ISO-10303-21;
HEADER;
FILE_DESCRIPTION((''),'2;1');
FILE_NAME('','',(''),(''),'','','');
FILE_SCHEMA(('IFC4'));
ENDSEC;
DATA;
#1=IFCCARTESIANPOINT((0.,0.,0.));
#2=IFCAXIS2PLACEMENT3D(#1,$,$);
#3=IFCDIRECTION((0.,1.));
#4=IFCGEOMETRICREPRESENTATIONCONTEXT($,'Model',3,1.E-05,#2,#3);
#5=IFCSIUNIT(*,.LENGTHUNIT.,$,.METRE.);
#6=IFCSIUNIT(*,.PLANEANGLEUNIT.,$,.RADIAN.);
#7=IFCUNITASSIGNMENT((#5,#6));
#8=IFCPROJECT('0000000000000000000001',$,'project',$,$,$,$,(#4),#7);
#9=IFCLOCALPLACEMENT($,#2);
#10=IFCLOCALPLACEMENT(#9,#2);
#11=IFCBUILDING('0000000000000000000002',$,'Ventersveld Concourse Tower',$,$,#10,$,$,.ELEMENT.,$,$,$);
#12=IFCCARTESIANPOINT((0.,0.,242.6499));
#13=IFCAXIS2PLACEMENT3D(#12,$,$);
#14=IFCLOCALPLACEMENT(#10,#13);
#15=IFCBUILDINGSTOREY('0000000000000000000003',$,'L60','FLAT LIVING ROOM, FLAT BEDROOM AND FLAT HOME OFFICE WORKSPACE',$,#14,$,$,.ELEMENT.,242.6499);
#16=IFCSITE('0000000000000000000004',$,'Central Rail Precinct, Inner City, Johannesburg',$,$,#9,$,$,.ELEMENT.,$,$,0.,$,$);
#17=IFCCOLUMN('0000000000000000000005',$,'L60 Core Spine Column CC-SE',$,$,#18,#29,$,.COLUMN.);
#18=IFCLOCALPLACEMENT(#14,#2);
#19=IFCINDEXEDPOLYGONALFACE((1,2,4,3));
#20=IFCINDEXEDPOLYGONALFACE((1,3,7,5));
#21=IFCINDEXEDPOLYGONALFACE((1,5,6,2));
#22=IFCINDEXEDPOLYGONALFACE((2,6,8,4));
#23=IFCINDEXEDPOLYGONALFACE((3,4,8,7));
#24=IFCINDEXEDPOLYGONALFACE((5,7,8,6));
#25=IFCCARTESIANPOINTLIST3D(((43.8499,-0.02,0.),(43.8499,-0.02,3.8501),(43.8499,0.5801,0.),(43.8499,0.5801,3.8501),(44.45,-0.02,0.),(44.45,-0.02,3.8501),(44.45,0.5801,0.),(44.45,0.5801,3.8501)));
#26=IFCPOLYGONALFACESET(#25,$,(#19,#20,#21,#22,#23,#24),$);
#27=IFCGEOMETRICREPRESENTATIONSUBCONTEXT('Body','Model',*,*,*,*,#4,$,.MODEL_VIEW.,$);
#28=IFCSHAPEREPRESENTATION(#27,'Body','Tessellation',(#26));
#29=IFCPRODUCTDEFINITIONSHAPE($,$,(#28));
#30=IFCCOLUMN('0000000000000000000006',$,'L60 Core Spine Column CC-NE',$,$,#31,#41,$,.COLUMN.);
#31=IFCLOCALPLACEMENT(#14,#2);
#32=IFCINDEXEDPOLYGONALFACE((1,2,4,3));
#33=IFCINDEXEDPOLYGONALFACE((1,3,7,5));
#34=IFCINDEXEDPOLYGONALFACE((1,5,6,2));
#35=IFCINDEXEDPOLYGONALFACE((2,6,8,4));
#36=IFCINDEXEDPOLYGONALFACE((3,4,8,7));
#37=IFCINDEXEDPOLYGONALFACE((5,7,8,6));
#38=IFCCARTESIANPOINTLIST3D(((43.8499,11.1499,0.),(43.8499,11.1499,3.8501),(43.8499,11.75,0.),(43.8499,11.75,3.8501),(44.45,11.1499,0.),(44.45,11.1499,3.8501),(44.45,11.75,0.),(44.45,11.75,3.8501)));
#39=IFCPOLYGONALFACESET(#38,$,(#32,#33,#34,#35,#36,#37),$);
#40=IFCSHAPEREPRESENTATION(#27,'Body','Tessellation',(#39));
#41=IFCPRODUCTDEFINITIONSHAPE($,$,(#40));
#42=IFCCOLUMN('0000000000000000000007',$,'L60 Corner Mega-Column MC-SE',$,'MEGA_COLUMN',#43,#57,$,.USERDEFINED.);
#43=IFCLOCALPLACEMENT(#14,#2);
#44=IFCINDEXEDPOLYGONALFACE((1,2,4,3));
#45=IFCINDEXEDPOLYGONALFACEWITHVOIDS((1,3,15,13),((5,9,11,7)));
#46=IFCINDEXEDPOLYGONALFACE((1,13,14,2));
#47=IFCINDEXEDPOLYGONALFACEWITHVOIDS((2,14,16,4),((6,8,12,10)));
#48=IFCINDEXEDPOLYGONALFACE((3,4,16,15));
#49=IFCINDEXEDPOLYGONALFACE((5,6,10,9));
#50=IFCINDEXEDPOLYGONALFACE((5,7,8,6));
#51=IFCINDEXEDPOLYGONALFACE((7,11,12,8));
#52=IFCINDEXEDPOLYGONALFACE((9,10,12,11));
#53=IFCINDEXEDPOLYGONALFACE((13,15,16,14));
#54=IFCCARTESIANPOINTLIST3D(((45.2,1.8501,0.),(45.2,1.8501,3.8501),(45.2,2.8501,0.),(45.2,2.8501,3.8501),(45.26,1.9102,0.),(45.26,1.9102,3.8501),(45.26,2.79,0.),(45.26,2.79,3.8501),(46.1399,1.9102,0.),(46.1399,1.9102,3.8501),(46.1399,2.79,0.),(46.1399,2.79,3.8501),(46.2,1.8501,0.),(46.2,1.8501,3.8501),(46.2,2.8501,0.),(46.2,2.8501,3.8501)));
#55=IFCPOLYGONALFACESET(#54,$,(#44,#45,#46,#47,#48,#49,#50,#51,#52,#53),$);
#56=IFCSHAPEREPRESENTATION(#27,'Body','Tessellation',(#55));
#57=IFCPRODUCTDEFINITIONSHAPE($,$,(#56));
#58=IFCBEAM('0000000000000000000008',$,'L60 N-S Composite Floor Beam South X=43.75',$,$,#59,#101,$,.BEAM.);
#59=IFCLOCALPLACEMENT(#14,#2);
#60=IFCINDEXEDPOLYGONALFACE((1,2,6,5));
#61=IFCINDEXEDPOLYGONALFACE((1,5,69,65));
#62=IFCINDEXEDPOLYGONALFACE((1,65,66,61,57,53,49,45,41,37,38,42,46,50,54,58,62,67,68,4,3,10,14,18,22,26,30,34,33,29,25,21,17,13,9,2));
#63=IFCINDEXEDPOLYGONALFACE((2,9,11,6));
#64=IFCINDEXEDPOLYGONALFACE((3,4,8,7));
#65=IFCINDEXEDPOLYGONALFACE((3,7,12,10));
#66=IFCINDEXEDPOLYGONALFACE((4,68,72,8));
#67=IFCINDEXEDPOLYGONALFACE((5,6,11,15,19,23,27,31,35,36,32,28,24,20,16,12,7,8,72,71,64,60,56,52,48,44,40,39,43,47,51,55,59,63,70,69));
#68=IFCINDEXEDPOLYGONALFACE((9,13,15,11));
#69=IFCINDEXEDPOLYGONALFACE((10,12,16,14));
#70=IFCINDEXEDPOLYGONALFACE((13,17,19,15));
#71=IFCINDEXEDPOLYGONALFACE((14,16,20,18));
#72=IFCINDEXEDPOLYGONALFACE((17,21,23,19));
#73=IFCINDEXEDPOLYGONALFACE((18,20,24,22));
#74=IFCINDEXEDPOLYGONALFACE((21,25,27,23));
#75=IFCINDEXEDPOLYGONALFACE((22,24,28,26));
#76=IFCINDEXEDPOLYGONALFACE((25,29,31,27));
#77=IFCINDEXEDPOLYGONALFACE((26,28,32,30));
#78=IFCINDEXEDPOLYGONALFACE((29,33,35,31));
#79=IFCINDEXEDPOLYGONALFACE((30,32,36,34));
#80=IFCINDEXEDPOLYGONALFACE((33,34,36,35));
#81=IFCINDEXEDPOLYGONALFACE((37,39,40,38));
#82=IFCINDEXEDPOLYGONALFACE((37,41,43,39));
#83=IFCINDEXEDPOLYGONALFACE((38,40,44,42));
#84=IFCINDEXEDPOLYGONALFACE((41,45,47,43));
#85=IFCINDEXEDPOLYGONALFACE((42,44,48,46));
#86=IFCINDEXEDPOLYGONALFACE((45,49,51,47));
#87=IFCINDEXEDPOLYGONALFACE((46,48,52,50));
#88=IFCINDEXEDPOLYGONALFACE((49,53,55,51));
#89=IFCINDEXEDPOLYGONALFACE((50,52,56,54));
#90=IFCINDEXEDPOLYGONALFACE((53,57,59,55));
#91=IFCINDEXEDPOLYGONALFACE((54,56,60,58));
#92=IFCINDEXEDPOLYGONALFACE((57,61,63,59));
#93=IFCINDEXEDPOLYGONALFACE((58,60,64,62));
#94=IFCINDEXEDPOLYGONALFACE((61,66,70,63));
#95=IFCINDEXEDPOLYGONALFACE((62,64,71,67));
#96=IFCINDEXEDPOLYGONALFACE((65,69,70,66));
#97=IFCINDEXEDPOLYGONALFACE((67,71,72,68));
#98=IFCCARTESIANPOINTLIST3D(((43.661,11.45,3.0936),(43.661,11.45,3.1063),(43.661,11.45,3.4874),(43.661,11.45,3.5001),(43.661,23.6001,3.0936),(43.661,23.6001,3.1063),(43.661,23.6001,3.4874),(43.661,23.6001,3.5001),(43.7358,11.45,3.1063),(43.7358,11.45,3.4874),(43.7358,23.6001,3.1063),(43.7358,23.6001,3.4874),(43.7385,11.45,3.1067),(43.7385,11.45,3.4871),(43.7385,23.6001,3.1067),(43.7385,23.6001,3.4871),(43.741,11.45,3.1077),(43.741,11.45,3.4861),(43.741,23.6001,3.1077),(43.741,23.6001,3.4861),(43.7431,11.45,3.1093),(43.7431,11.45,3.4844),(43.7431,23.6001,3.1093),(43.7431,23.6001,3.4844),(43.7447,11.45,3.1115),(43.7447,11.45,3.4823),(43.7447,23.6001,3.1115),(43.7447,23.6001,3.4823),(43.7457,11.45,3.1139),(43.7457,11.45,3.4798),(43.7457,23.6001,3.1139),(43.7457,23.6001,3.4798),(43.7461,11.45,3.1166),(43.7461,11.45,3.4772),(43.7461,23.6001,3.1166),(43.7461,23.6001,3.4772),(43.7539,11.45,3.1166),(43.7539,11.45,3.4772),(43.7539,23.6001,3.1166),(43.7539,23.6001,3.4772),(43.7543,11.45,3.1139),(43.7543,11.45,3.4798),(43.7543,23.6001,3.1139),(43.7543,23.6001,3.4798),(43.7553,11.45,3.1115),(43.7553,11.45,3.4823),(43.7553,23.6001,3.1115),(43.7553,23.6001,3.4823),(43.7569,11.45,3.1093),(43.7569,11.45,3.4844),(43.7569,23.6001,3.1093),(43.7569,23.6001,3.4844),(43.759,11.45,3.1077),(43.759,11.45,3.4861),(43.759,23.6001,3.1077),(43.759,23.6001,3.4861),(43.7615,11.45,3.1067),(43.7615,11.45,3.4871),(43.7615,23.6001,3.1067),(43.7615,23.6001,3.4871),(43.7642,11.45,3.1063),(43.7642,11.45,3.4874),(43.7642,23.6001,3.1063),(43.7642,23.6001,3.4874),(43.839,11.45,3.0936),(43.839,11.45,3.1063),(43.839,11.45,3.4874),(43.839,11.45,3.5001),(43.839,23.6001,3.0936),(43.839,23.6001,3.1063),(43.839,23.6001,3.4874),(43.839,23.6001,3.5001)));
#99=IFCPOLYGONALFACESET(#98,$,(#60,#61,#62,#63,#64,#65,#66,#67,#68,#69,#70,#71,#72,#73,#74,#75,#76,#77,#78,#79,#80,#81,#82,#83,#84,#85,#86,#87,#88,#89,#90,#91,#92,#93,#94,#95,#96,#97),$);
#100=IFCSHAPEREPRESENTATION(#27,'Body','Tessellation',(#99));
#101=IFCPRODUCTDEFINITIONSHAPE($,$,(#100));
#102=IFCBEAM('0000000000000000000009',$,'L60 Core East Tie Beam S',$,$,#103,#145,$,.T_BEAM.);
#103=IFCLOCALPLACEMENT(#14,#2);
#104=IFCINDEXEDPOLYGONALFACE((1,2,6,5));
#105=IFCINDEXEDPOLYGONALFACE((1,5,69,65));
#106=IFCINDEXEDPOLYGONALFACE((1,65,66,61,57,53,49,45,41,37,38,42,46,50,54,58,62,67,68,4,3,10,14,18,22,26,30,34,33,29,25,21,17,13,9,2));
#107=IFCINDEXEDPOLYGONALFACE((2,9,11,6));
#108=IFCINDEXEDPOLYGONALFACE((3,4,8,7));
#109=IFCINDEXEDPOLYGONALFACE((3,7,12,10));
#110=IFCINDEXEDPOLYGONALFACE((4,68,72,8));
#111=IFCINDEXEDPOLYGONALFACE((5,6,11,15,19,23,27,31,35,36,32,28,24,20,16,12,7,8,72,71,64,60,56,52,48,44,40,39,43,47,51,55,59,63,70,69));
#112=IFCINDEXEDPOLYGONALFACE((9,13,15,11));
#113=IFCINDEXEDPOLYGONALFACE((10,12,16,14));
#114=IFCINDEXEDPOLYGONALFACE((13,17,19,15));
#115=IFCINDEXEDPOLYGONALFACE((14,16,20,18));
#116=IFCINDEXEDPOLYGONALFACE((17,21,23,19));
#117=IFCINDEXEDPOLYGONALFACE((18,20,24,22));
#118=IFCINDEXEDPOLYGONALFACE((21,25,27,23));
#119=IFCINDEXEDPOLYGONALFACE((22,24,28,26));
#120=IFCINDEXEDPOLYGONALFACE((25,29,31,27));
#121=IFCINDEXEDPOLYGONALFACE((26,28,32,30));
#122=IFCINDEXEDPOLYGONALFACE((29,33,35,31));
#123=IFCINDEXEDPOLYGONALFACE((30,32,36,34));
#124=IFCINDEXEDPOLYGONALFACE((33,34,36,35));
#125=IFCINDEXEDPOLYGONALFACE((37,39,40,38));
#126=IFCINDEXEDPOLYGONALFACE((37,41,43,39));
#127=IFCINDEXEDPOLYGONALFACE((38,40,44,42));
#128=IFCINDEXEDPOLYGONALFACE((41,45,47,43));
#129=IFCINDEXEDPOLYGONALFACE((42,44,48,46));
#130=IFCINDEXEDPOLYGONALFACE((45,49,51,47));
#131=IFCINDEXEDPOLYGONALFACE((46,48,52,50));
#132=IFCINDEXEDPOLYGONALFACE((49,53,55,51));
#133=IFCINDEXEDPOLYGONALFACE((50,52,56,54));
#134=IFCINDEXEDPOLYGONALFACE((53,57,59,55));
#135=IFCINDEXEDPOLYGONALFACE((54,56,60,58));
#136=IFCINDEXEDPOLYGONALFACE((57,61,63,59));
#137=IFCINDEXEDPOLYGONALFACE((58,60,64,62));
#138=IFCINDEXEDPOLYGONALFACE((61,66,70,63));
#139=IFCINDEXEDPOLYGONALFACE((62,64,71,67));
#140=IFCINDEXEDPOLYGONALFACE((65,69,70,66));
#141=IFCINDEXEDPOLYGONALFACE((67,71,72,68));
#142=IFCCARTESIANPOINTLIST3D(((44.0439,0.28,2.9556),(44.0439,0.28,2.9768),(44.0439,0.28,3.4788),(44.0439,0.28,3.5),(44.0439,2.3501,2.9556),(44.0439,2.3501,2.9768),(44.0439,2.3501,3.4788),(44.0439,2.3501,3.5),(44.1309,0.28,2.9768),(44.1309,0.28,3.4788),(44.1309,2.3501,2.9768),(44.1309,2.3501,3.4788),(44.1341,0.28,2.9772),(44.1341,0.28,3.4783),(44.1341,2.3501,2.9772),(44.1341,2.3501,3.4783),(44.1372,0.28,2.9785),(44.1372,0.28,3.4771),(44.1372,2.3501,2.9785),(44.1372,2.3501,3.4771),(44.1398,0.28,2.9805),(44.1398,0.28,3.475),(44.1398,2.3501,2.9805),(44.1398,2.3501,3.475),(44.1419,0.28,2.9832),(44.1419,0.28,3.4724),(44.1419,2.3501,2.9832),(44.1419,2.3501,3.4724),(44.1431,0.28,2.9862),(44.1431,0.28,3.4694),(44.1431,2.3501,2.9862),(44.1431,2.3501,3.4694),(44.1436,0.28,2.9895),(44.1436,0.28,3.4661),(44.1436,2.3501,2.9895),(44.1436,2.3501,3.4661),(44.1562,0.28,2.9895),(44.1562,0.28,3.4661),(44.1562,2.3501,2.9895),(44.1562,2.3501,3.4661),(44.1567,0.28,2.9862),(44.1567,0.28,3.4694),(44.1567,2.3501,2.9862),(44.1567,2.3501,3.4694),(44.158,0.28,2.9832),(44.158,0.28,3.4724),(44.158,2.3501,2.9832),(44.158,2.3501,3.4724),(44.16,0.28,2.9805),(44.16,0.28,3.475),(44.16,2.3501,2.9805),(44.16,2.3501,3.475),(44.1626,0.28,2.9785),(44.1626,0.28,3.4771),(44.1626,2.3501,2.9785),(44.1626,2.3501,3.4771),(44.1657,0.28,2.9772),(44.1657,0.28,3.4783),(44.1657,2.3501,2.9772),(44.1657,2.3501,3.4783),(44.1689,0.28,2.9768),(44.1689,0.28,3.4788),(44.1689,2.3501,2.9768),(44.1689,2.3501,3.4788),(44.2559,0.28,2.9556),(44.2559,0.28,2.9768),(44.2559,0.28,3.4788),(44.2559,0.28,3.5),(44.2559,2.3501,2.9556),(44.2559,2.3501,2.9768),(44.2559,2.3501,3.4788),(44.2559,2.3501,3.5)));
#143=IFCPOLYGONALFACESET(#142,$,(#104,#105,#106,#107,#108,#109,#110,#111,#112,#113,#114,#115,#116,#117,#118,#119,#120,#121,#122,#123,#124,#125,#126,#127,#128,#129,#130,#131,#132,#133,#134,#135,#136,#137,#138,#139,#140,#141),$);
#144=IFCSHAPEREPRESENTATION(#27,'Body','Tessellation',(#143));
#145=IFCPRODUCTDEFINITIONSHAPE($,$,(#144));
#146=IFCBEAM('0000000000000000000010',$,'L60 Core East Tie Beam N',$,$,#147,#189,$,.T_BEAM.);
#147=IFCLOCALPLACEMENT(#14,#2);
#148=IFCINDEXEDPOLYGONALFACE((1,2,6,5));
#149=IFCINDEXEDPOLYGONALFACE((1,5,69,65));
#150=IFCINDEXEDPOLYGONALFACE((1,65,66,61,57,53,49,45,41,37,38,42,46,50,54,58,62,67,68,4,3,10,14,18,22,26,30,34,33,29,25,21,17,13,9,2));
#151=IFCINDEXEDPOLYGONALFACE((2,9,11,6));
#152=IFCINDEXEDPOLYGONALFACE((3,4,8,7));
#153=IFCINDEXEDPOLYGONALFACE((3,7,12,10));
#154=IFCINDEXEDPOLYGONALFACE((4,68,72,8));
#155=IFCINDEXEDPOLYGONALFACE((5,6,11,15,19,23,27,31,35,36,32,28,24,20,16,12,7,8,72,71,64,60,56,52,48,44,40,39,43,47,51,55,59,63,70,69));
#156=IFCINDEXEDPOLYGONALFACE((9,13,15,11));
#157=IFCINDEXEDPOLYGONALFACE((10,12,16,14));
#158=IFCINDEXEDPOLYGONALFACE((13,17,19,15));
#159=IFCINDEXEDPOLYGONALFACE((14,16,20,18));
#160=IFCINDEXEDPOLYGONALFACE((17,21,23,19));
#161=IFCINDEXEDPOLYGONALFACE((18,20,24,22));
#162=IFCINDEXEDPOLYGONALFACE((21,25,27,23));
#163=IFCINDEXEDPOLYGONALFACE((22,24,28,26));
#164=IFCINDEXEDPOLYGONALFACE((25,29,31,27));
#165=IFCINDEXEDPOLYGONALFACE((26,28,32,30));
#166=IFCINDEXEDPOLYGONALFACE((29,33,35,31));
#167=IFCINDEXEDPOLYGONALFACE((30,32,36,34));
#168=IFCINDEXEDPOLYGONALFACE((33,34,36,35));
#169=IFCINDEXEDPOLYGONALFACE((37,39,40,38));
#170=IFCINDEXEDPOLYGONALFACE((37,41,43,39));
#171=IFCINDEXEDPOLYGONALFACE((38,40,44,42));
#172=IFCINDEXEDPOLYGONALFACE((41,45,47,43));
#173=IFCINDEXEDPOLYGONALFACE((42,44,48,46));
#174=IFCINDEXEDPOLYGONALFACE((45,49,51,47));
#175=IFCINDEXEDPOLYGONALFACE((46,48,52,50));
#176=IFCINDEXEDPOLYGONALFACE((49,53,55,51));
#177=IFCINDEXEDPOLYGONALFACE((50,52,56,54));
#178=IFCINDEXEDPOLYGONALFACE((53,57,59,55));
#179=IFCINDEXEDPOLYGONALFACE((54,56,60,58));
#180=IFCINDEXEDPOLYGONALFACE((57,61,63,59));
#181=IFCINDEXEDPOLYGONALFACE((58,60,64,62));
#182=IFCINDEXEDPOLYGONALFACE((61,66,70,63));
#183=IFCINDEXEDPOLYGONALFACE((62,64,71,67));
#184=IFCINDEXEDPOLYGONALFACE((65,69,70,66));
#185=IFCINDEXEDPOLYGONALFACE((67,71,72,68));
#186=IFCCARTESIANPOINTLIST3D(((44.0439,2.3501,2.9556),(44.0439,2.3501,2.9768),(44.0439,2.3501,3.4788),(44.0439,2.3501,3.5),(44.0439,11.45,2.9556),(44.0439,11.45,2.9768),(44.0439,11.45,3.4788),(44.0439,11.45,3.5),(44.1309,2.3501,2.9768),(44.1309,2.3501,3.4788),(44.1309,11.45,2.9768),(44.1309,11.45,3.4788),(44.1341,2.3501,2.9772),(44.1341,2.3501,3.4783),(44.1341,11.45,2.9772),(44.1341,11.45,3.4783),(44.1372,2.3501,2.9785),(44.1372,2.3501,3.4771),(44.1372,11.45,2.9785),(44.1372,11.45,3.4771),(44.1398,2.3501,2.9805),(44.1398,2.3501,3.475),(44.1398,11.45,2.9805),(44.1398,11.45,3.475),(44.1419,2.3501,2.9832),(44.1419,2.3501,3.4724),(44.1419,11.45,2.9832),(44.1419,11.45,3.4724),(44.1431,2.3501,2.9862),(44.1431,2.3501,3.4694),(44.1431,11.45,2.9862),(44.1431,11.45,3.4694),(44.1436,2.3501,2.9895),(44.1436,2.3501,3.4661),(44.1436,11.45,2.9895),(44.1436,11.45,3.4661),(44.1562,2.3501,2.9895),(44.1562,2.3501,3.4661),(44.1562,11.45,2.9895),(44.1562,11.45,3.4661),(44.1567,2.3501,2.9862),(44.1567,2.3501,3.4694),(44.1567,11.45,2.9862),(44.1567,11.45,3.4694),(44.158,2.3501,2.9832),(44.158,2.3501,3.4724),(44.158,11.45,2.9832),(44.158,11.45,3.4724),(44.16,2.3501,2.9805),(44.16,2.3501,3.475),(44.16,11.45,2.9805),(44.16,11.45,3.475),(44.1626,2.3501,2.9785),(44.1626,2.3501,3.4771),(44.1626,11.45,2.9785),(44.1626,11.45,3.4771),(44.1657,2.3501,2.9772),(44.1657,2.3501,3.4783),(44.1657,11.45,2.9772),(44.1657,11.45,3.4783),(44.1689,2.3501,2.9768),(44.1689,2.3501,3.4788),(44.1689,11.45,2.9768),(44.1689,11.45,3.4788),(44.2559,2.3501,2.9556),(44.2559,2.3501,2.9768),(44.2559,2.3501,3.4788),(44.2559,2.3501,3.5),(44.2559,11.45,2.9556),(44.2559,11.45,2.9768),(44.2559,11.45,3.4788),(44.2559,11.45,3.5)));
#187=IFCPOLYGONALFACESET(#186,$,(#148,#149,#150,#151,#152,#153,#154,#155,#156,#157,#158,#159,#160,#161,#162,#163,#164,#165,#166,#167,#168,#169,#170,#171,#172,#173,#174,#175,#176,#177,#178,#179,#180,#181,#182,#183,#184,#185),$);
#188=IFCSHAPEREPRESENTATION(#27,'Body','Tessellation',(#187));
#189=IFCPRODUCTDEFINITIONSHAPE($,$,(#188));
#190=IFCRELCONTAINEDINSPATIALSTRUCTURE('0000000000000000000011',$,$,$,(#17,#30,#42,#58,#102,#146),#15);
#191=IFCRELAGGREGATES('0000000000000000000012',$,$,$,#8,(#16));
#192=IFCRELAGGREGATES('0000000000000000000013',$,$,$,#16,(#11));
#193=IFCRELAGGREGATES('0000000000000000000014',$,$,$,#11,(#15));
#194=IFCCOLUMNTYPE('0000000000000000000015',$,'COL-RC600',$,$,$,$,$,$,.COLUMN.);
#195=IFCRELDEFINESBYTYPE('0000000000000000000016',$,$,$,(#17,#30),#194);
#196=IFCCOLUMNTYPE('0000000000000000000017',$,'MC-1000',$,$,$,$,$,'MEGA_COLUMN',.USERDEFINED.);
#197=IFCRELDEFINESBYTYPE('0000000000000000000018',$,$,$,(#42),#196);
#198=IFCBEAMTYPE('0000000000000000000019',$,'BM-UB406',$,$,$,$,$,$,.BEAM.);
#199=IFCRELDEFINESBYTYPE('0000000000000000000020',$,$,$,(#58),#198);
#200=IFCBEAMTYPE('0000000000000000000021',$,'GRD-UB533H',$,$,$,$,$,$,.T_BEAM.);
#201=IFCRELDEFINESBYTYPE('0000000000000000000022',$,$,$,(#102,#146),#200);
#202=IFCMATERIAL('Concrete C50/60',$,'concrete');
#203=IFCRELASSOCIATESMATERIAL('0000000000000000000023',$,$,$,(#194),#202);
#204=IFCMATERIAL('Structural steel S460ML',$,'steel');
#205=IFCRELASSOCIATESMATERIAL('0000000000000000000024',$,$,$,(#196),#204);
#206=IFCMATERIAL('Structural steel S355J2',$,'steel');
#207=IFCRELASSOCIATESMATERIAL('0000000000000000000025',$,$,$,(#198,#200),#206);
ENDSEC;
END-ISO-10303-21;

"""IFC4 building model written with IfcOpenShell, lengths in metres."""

from ifc_helpers import new_model, si_unit, direction, frame, origin, origin_2d, place, context, subcontext, project, spatial, rectangle, hollow_rectangle, i_section, extrude, material, material_profile, profile_set, type_object, element, save


model = new_model("IFC4")

# Units and contexts
model_context = context("Model", 3, precision=1e-05, world=origin(), true_north=direction((0.0, 1.0)))
body_context = subcontext(model_context, "Body", "Model", "MODEL_VIEW")
ifc_project = project(units=[si_unit("LENGTHUNIT", "METRE"), si_unit("PLANEANGLEUNIT", "RADIAN")], contexts=[model_context])

# Site, building, storey
site_placement = place(None, origin())
site = spatial("IfcSite", under=ifc_project, at=site_placement, Name="Central Rail Precinct, Inner City, Johannesburg", CompositionType="ELEMENT", RefElevation=0.0)
building_placement = place(site_placement, origin())
building = spatial("IfcBuilding", under=site, at=building_placement, Name="Ventersveld Concourse Tower", CompositionType="ELEMENT")
storey_placement = place(building_placement, frame((0.0, 0.0, 242.6499)))
storey = spatial("IfcBuildingStorey", under=building, at=storey_placement, Name="L60", Description="FLAT LIVING ROOM, FLAT BEDROOM AND FLAT HOME OFFICE WORKSPACE", CompositionType="ELEMENT", Elevation=242.6499)

# Columns
ifc_material_1 = material(Name="Concrete C50/60", Category="concrete")
ifc_material_profile_1 = material_profile(ifc_material_1, rectangle(XDim=0.6001, YDim=0.6001, at=origin_2d()), Name="RC 600x600")
ifc_profile_set_1 = profile_set([ifc_material_profile_1], Name="Concrete C50/60")
column_type_1 = type_object("IfcColumnType", Name="COL-RC600", PredefinedType="COLUMN", material=ifc_profile_set_1)
for number, where, z_axis, x_axis, name in (
    (1, (44.1499, 0.28, 0.0), (0.0, 0.0, 1.0), (1.0, 0.0, 0.0), "L60 Core Spine Column CC-SE"),
    (2, (44.1499, 11.45, 0.0), (0.0, 0.0, 1.0), (1.0, 0.0, 0.0), "L60 Core Spine Column CC-NE"),
):
    element("IfcColumn", number, at=place(storey_placement, frame(where, z_axis=z_axis, x_axis=x_axis)), inside=storey, type_object=column_type_1, Name=name, PredefinedType="COLUMN", context=body_context, shape_type="SweptSolid", body=[
        extrude(rectangle(XDim=0.6001, YDim=0.6001, at=origin_2d()), origin(), (0.0, 0.0, 1.0), 3.8501),
    ])
ifc_material_2 = material(Name="Structural steel S460ML", Category="steel")
ifc_material_profile_2 = material_profile(ifc_material_2, hollow_rectangle(XDim=1.0, YDim=1.0, WallThickness=0.0601, at=origin_2d()), Name="BOX 1000x1000x60")
ifc_profile_set_2 = profile_set([ifc_material_profile_2], Name="Structural steel S460ML")
column_type_2 = type_object("IfcColumnType", Name="MC-1000", ElementType="MEGA_COLUMN", PredefinedType="USERDEFINED", material=ifc_profile_set_2)
column_placement = place(storey_placement, frame((45.7, 2.3501, 0.0), z_axis=(0.0, 0.0, 1.0), x_axis=(1.0, 0.0, 0.0)))
element("IfcColumn", 3, at=column_placement, inside=storey, type_object=column_type_2, Name="L60 Corner Mega-Column MC-SE", ObjectType="MEGA_COLUMN", PredefinedType="USERDEFINED", context=body_context, shape_type="SweptSolid", body=[
    extrude(hollow_rectangle(XDim=1.0, YDim=1.0, WallThickness=0.0601, at=origin_2d()), origin(), (0.0, 0.0, 1.0), 3.8501),
])

# Beams
ifc_material_3 = material(Name="Structural steel S355J2", Category="steel")
ifc_material_profile_3 = material_profile(ifc_material_3, i_section(OverallWidth=0.178, OverallDepth=0.4065, WebThickness=0.0078, FlangeThickness=0.0127, FilletRadius=0.0103, at=origin_2d()), Name="UB 406x178x60")
ifc_profile_set_3 = profile_set([ifc_material_profile_3], Name="Structural steel S355J2")
beam_type_1 = type_object("IfcBeamType", Name="BM-UB406", PredefinedType="BEAM", material=ifc_profile_set_3)
beam_1_placement = place(storey_placement, frame((43.75, 11.45, 3.2969), z_axis=(0.0, 1.0, 0.0), x_axis=(-1.0, 0.0, 0.0)))
element("IfcBeam", 4, at=beam_1_placement, inside=storey, type_object=beam_type_1, Name="L60 N-S Composite Floor Beam South X=43.75", PredefinedType="BEAM", context=body_context, shape_type="SweptSolid", body=[
    extrude(i_section(OverallWidth=0.178, OverallDepth=0.4065, WebThickness=0.0078, FlangeThickness=0.0127, FilletRadius=0.0103, at=origin_2d()), origin(), (0.0, 0.0, 1.0), 12.1501),
])
ifc_material_profile_4 = material_profile(ifc_material_3, i_section(OverallWidth=0.2119, OverallDepth=0.5444, WebThickness=0.0127, FlangeThickness=0.0212, FilletRadius=0.0127, at=origin_2d()), Name="UB 533x210x122")
ifc_profile_set_4 = profile_set([ifc_material_profile_4], Name="Structural steel S355J2")
beam_type_2 = type_object("IfcBeamType", Name="GRD-UB533H", PredefinedType="T_BEAM", material=ifc_profile_set_4)
beam_2_placement = place(storey_placement, frame((44.1499, 0.28, 3.2278), z_axis=(0.0, 1.0, 0.0), x_axis=(-1.0, 0.0, 0.0)))
element("IfcBeam", 5, at=beam_2_placement, inside=storey, type_object=beam_type_2, Name="L60 Core East Tie Beam S", PredefinedType="T_BEAM", context=body_context, shape_type="SweptSolid", body=[
    extrude(i_section(OverallWidth=0.2119, OverallDepth=0.5444, WebThickness=0.0127, FlangeThickness=0.0212, FilletRadius=0.0127, at=origin_2d()), origin(), (0.0, 0.0, 1.0), 2.0701),
])
beam_3_placement = place(storey_placement, frame((44.1499, 2.3501, 3.2278), z_axis=(0.0, 1.0, 0.0), x_axis=(-1.0, 0.0, 0.0)))
element("IfcBeam", 6, at=beam_3_placement, inside=storey, type_object=beam_type_2, Name="L60 Core East Tie Beam N", PredefinedType="T_BEAM", context=body_context, shape_type="SweptSolid", body=[
    extrude(i_section(OverallWidth=0.2119, OverallDepth=0.5444, WebThickness=0.0127, FlangeThickness=0.0212, FilletRadius=0.0127, at=origin_2d()), origin(), (0.0, 0.0, 1.0), 9.0999),
])

save(model, "model.ifc")
